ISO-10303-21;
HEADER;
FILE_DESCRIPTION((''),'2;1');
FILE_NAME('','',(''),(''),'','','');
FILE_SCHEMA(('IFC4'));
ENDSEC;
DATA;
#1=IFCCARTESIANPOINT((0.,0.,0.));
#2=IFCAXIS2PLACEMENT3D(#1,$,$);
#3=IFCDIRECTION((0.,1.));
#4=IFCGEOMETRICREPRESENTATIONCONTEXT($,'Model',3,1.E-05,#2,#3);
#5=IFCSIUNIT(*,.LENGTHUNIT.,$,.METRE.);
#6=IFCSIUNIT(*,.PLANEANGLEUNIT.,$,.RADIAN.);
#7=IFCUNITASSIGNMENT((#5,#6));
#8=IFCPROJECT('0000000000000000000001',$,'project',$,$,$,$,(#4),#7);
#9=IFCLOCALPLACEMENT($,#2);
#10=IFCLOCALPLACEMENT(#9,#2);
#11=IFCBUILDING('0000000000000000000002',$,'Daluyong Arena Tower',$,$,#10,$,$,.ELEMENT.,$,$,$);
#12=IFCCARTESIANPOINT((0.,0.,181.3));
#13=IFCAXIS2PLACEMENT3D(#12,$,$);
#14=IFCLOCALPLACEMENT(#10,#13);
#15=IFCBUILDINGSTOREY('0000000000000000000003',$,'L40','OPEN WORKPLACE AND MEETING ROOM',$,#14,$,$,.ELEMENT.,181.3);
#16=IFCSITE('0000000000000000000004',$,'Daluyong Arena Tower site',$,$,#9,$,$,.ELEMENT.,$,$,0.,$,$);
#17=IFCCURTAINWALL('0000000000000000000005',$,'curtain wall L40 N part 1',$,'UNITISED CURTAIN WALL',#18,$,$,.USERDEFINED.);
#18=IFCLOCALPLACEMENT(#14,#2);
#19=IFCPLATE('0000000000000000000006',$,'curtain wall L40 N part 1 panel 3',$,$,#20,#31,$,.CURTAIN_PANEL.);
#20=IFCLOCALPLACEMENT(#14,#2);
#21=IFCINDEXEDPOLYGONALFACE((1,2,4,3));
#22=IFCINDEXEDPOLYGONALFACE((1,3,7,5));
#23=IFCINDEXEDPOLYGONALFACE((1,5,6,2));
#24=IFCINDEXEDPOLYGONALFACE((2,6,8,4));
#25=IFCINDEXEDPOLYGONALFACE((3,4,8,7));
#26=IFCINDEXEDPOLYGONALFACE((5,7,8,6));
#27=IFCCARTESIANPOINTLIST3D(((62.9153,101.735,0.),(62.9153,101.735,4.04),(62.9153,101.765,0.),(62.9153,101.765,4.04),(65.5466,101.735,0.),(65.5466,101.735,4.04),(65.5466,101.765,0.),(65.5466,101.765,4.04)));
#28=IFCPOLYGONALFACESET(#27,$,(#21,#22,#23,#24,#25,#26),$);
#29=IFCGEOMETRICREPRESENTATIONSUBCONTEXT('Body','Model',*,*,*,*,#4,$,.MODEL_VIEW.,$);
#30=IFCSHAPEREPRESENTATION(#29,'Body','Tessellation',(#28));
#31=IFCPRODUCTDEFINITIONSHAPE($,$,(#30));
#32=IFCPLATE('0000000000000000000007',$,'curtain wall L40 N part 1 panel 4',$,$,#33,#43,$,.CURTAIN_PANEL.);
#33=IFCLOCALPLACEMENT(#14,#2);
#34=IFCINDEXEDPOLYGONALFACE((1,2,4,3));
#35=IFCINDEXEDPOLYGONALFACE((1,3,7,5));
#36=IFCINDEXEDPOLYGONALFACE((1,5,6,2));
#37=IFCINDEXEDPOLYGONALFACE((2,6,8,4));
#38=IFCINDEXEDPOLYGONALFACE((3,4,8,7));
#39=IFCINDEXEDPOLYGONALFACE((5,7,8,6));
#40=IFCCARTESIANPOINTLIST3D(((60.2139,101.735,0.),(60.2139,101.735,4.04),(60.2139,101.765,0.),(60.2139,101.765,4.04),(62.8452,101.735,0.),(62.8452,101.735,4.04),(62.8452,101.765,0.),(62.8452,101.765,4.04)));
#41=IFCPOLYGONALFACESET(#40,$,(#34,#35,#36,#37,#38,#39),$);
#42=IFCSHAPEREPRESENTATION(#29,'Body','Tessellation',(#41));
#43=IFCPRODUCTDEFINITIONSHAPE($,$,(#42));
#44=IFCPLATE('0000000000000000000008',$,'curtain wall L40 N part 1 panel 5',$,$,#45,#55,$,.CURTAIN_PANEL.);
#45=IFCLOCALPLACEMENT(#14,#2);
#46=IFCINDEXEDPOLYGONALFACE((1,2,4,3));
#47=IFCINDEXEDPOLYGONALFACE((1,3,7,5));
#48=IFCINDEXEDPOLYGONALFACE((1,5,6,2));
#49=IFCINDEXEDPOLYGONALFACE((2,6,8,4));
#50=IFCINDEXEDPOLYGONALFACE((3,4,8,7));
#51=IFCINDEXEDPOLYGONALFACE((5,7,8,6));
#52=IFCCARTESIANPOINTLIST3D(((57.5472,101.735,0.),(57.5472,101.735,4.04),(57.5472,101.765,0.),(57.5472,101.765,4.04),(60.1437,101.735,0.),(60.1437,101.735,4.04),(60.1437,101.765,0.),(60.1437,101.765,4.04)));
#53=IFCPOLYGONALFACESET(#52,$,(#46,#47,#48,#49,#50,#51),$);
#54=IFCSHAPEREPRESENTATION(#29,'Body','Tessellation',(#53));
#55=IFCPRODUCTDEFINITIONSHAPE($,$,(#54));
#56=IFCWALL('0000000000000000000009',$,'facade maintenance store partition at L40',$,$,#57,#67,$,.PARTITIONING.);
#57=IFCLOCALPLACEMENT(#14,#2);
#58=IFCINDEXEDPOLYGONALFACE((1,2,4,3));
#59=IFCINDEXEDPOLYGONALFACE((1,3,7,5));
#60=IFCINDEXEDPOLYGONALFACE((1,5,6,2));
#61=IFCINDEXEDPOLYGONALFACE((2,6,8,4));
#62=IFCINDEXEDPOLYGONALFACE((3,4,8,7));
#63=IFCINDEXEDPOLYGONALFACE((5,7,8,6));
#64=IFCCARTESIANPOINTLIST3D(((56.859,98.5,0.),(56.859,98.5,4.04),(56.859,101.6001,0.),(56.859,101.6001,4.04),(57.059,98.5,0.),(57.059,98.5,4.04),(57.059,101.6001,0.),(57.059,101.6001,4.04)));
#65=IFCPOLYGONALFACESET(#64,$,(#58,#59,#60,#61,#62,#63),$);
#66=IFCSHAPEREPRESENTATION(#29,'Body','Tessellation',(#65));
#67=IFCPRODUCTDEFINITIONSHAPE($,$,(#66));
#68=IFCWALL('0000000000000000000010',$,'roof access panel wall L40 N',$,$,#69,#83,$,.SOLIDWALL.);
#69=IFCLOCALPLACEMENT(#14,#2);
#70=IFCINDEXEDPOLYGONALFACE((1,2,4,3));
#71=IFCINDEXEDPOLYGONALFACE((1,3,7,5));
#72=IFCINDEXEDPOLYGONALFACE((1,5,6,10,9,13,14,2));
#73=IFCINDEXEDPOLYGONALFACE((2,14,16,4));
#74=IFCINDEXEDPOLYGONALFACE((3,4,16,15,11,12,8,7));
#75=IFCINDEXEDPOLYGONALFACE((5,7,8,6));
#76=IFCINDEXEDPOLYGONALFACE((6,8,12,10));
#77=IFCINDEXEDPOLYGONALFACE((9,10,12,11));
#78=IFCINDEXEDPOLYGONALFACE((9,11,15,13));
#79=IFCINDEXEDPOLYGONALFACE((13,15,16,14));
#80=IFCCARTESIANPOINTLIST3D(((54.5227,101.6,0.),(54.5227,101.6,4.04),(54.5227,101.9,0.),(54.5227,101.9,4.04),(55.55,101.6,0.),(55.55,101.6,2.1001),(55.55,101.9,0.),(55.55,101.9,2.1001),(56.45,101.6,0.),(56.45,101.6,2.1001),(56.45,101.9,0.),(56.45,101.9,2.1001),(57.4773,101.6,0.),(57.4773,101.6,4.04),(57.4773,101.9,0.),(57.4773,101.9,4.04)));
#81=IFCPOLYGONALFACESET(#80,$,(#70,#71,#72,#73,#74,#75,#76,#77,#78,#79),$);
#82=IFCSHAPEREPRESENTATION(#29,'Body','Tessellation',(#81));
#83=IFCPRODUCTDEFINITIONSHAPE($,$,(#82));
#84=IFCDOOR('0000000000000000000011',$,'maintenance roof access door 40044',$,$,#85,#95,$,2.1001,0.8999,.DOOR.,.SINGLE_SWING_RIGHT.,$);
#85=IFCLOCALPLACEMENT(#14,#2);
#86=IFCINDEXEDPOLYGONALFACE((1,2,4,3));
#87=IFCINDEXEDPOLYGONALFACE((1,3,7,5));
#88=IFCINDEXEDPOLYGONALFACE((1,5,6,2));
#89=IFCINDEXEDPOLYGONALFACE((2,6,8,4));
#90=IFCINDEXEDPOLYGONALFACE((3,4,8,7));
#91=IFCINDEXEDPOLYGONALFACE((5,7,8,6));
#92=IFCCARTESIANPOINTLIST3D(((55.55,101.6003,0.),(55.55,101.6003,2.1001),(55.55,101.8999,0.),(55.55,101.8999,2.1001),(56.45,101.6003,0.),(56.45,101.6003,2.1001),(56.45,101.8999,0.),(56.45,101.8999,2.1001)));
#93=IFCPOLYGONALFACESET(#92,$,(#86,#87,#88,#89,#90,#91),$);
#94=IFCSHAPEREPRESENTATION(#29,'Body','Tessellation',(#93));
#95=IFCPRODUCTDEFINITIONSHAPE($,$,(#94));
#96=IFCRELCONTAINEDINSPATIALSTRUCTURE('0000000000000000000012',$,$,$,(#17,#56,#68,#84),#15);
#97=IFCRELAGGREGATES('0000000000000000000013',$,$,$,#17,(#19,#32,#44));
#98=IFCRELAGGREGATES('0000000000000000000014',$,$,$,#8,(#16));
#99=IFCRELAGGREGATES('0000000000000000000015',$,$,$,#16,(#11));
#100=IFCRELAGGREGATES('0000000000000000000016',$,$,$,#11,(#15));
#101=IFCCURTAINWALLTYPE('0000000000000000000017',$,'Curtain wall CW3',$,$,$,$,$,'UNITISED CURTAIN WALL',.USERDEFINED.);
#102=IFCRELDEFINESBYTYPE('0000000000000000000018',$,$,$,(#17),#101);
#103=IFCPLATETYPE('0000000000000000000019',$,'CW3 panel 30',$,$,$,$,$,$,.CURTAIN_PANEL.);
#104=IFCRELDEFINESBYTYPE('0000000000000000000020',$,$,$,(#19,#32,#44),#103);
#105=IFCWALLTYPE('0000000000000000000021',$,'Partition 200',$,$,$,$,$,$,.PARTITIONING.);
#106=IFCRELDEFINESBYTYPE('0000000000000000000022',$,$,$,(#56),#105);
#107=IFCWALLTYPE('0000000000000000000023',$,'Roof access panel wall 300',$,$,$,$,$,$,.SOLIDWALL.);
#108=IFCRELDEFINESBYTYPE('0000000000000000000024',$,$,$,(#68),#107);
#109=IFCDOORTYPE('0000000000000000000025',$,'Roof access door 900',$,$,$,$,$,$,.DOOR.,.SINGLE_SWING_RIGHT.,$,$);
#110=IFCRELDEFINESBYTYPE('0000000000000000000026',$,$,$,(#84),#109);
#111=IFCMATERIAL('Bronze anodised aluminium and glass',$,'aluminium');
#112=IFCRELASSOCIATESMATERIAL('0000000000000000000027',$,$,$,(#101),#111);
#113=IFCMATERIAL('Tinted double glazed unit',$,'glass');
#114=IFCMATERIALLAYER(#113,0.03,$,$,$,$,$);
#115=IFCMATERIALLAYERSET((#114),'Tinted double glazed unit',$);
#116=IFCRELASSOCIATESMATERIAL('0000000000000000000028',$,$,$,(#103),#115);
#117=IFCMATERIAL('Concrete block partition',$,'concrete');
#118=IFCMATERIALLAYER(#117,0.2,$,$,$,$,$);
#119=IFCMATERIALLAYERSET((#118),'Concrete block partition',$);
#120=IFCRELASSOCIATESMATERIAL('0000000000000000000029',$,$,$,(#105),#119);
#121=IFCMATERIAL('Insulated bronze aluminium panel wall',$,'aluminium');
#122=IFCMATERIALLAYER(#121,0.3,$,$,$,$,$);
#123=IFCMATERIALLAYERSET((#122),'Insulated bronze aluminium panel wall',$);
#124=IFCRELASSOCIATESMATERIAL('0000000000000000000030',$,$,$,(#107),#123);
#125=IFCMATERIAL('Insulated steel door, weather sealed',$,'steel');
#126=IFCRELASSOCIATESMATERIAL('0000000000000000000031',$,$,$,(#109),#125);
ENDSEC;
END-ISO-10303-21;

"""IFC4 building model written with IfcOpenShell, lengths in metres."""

from ifc_helpers import new_model, si_unit, direction, frame, frame_2d, origin, origin_2d, place, context, subcontext, project, spatial, rectangle, extrude, material, layer, layer_set, type_object, element, fill, aggregate, save


model = new_model("IFC4")

# Units and contexts
model_context = context("Model", 3, precision=1e-05, world=origin(), true_north=direction((0.0, 1.0)))
body_context = subcontext(model_context, "Body", "Model", "MODEL_VIEW")
ifc_project = project(units=[si_unit("LENGTHUNIT", "METRE"), si_unit("PLANEANGLEUNIT", "RADIAN")], contexts=[model_context])

# Site, building, storey
site_placement = place(None, origin())
site = spatial("IfcSite", under=ifc_project, at=site_placement, Name="Daluyong Arena Tower site", CompositionType="ELEMENT", RefElevation=0.0)
building_placement = place(site_placement, origin())
building = spatial("IfcBuilding", under=site, at=building_placement, Name="Daluyong Arena Tower", CompositionType="ELEMENT")
storey_placement = place(building_placement, frame((0.0, 0.0, 181.3)))
storey = spatial("IfcBuildingStorey", under=building, at=storey_placement, Name="L40", Description="OPEN WORKPLACE AND MEETING ROOM", CompositionType="ELEMENT", Elevation=181.3)

# Curtain wall
ifc_material_1 = material(Name="Bronze anodised aluminium and glass", Category="aluminium")
curtain_wall_type = type_object("IfcCurtainWallType", Name="Curtain wall CW3", ElementType="UNITISED CURTAIN WALL", PredefinedType="USERDEFINED", material=ifc_material_1)
curtain_wall_placement = place(storey_placement, origin())
curtain_wall = element("IfcCurtainWall", 1, at=curtain_wall_placement, inside=storey, type_object=curtain_wall_type, Name="curtain wall L40 N part 1", ObjectType="UNITISED CURTAIN WALL", PredefinedType="USERDEFINED")

# Plates
ifc_material_2 = material(Name="Tinted double glazed unit", Category="glass")
ifc_layer_1 = layer(ifc_material_2, 0.03)
ifc_layer_set_1 = layer_set([ifc_layer_1], Name="Tinted double glazed unit")
plate_type = type_object("IfcPlateType", Name="CW3 panel 30", PredefinedType="CURTAIN_PANEL", material=ifc_layer_set_1)
plate_1_placement = place(storey_placement, frame((64.231, 101.75, 0.0), z_axis=(0.0, 0.0, 1.0), x_axis=(-1.0, 0.0, 0.0)))
plate_1 = element("IfcPlate", 2, at=plate_1_placement, type_object=plate_type, Name="curtain wall L40 N part 1 panel 3", PredefinedType="CURTAIN_PANEL", context=body_context, shape_type="SweptSolid", body=[
    extrude(rectangle(XDim=2.6313, YDim=0.03, at=origin_2d()), origin(), (0.0, 0.0, 1.0), 4.04),
])
plate_2_placement = place(storey_placement, frame((61.5295, 101.75, 0.0), z_axis=(0.0, 0.0, 1.0), x_axis=(-1.0, 0.0, 0.0)))
plate_2 = element("IfcPlate", 3, at=plate_2_placement, type_object=plate_type, Name="curtain wall L40 N part 1 panel 4", PredefinedType="CURTAIN_PANEL", context=body_context, shape_type="SweptSolid", body=[
    extrude(rectangle(XDim=2.6313, YDim=0.03, at=origin_2d()), origin(), (0.0, 0.0, 1.0), 4.04),
])
plate_3_placement = place(storey_placement, frame((58.8455, 101.75, 0.0), z_axis=(0.0, 0.0, 1.0), x_axis=(-1.0, 0.0, 0.0)))
plate_3 = element("IfcPlate", 4, at=plate_3_placement, type_object=plate_type, Name="curtain wall L40 N part 1 panel 5", PredefinedType="CURTAIN_PANEL", context=body_context, shape_type="SweptSolid", body=[
    extrude(rectangle(XDim=2.5964, YDim=0.03, at=origin_2d()), origin(), (0.0, 0.0, 1.0), 4.04),
])
aggregate(curtain_wall, [plate_1, plate_2, plate_3])

# Wall
ifc_material_3 = material(Name="Concrete block partition", Category="concrete")
ifc_layer_2 = layer(ifc_material_3, 0.2)
ifc_layer_set_2 = layer_set([ifc_layer_2], Name="Concrete block partition")
wall_type_1 = type_object("IfcWallType", Name="Partition 200", PredefinedType="PARTITIONING", material=ifc_layer_set_2)
wall_1_placement = place(storey_placement, frame((56.959, 101.6001, 0.0), z_axis=(0.0, 0.0, 1.0), x_axis=(0.0, -1.0, 0.0)))
element("IfcWall", 5, at=wall_1_placement, inside=storey, type_object=wall_type_1, Name="facade maintenance store partition at L40", PredefinedType="PARTITIONING", context=body_context, shape_type="SweptSolid", body=[
    extrude(rectangle(XDim=3.1001, YDim=0.2, at=frame_2d((1.55, 0.0))), origin(), (0.0, 0.0, 1.0), 4.04),
])

# Wall, opening, door
ifc_material_4 = material(Name="Insulated bronze aluminium panel wall", Category="aluminium")
ifc_layer_3 = layer(ifc_material_4, 0.3)
ifc_layer_set_3 = layer_set([ifc_layer_3], Name="Insulated bronze aluminium panel wall")
wall_type_2 = type_object("IfcWallType", Name="Roof access panel wall 300", PredefinedType="SOLIDWALL", material=ifc_layer_set_3)
wall_2_placement = place(storey_placement, frame((57.4773, 101.75, 0.0), z_axis=(0.0, 0.0, 1.0), x_axis=(-1.0, 0.0, 0.0)))
wall_2 = element("IfcWall", 6, at=wall_2_placement, inside=storey, type_object=wall_type_2, Name="roof access panel wall L40 N", PredefinedType="SOLIDWALL", context=body_context, shape_type="SweptSolid", body=[
    extrude(rectangle(XDim=2.9546, YDim=0.3, at=frame_2d((1.4773, 0.0))), origin(), (0.0, 0.0, 1.0), 4.04),
])
opening_placement = place(wall_2_placement, frame((1.0273, 0.0, 0.0)))
opening = element("IfcOpeningElement", 7, at=opening_placement, cuts=wall_2, PredefinedType="OPENING", context=body_context, shape_type="SweptSolid", body=[
    extrude(rectangle(XDim=0.8999, YDim=2.1001, at=frame_2d((0.45, 1.05))), frame((0.0, 0.1599, 0.0), z_axis=(0.0, -1.0, 0.0), x_axis=(1.0, 0.0, 0.0)), (0.0, 0.0, 1.0), 0.3201),
])
ifc_material_5 = material(Name="Insulated steel door, weather sealed", Category="steel")
door_type = type_object("IfcDoorType", Name="Roof access door 900", OperationType="SINGLE_SWING_RIGHT", PredefinedType="DOOR", material=ifc_material_5)
door_placement = place(opening_placement, frame((0.8999, 0.0, 0.0), z_axis=(0.0, 0.0, 1.0), x_axis=(-1.0, 0.0, 0.0)))
door = element("IfcDoor", 8, at=door_placement, inside=storey, type_object=door_type, Name="maintenance roof access door 40044", OperationType="SINGLE_SWING_RIGHT", OverallHeight=2.1001, OverallWidth=0.8999, PredefinedType="DOOR", context=body_context, shape_type="SweptSolid", body=[
    extrude(rectangle(XDim=0.8999, YDim=2.1001, at=frame_2d((0.45, 1.05))), frame((0.0, 0.1499, 0.0), z_axis=(0.0, -1.0, 0.0), x_axis=(1.0, 0.0, 0.0)), (0.0, 0.0, 1.0), 0.2996),
])
fill(opening, door)

save(model, "model.ifc")
